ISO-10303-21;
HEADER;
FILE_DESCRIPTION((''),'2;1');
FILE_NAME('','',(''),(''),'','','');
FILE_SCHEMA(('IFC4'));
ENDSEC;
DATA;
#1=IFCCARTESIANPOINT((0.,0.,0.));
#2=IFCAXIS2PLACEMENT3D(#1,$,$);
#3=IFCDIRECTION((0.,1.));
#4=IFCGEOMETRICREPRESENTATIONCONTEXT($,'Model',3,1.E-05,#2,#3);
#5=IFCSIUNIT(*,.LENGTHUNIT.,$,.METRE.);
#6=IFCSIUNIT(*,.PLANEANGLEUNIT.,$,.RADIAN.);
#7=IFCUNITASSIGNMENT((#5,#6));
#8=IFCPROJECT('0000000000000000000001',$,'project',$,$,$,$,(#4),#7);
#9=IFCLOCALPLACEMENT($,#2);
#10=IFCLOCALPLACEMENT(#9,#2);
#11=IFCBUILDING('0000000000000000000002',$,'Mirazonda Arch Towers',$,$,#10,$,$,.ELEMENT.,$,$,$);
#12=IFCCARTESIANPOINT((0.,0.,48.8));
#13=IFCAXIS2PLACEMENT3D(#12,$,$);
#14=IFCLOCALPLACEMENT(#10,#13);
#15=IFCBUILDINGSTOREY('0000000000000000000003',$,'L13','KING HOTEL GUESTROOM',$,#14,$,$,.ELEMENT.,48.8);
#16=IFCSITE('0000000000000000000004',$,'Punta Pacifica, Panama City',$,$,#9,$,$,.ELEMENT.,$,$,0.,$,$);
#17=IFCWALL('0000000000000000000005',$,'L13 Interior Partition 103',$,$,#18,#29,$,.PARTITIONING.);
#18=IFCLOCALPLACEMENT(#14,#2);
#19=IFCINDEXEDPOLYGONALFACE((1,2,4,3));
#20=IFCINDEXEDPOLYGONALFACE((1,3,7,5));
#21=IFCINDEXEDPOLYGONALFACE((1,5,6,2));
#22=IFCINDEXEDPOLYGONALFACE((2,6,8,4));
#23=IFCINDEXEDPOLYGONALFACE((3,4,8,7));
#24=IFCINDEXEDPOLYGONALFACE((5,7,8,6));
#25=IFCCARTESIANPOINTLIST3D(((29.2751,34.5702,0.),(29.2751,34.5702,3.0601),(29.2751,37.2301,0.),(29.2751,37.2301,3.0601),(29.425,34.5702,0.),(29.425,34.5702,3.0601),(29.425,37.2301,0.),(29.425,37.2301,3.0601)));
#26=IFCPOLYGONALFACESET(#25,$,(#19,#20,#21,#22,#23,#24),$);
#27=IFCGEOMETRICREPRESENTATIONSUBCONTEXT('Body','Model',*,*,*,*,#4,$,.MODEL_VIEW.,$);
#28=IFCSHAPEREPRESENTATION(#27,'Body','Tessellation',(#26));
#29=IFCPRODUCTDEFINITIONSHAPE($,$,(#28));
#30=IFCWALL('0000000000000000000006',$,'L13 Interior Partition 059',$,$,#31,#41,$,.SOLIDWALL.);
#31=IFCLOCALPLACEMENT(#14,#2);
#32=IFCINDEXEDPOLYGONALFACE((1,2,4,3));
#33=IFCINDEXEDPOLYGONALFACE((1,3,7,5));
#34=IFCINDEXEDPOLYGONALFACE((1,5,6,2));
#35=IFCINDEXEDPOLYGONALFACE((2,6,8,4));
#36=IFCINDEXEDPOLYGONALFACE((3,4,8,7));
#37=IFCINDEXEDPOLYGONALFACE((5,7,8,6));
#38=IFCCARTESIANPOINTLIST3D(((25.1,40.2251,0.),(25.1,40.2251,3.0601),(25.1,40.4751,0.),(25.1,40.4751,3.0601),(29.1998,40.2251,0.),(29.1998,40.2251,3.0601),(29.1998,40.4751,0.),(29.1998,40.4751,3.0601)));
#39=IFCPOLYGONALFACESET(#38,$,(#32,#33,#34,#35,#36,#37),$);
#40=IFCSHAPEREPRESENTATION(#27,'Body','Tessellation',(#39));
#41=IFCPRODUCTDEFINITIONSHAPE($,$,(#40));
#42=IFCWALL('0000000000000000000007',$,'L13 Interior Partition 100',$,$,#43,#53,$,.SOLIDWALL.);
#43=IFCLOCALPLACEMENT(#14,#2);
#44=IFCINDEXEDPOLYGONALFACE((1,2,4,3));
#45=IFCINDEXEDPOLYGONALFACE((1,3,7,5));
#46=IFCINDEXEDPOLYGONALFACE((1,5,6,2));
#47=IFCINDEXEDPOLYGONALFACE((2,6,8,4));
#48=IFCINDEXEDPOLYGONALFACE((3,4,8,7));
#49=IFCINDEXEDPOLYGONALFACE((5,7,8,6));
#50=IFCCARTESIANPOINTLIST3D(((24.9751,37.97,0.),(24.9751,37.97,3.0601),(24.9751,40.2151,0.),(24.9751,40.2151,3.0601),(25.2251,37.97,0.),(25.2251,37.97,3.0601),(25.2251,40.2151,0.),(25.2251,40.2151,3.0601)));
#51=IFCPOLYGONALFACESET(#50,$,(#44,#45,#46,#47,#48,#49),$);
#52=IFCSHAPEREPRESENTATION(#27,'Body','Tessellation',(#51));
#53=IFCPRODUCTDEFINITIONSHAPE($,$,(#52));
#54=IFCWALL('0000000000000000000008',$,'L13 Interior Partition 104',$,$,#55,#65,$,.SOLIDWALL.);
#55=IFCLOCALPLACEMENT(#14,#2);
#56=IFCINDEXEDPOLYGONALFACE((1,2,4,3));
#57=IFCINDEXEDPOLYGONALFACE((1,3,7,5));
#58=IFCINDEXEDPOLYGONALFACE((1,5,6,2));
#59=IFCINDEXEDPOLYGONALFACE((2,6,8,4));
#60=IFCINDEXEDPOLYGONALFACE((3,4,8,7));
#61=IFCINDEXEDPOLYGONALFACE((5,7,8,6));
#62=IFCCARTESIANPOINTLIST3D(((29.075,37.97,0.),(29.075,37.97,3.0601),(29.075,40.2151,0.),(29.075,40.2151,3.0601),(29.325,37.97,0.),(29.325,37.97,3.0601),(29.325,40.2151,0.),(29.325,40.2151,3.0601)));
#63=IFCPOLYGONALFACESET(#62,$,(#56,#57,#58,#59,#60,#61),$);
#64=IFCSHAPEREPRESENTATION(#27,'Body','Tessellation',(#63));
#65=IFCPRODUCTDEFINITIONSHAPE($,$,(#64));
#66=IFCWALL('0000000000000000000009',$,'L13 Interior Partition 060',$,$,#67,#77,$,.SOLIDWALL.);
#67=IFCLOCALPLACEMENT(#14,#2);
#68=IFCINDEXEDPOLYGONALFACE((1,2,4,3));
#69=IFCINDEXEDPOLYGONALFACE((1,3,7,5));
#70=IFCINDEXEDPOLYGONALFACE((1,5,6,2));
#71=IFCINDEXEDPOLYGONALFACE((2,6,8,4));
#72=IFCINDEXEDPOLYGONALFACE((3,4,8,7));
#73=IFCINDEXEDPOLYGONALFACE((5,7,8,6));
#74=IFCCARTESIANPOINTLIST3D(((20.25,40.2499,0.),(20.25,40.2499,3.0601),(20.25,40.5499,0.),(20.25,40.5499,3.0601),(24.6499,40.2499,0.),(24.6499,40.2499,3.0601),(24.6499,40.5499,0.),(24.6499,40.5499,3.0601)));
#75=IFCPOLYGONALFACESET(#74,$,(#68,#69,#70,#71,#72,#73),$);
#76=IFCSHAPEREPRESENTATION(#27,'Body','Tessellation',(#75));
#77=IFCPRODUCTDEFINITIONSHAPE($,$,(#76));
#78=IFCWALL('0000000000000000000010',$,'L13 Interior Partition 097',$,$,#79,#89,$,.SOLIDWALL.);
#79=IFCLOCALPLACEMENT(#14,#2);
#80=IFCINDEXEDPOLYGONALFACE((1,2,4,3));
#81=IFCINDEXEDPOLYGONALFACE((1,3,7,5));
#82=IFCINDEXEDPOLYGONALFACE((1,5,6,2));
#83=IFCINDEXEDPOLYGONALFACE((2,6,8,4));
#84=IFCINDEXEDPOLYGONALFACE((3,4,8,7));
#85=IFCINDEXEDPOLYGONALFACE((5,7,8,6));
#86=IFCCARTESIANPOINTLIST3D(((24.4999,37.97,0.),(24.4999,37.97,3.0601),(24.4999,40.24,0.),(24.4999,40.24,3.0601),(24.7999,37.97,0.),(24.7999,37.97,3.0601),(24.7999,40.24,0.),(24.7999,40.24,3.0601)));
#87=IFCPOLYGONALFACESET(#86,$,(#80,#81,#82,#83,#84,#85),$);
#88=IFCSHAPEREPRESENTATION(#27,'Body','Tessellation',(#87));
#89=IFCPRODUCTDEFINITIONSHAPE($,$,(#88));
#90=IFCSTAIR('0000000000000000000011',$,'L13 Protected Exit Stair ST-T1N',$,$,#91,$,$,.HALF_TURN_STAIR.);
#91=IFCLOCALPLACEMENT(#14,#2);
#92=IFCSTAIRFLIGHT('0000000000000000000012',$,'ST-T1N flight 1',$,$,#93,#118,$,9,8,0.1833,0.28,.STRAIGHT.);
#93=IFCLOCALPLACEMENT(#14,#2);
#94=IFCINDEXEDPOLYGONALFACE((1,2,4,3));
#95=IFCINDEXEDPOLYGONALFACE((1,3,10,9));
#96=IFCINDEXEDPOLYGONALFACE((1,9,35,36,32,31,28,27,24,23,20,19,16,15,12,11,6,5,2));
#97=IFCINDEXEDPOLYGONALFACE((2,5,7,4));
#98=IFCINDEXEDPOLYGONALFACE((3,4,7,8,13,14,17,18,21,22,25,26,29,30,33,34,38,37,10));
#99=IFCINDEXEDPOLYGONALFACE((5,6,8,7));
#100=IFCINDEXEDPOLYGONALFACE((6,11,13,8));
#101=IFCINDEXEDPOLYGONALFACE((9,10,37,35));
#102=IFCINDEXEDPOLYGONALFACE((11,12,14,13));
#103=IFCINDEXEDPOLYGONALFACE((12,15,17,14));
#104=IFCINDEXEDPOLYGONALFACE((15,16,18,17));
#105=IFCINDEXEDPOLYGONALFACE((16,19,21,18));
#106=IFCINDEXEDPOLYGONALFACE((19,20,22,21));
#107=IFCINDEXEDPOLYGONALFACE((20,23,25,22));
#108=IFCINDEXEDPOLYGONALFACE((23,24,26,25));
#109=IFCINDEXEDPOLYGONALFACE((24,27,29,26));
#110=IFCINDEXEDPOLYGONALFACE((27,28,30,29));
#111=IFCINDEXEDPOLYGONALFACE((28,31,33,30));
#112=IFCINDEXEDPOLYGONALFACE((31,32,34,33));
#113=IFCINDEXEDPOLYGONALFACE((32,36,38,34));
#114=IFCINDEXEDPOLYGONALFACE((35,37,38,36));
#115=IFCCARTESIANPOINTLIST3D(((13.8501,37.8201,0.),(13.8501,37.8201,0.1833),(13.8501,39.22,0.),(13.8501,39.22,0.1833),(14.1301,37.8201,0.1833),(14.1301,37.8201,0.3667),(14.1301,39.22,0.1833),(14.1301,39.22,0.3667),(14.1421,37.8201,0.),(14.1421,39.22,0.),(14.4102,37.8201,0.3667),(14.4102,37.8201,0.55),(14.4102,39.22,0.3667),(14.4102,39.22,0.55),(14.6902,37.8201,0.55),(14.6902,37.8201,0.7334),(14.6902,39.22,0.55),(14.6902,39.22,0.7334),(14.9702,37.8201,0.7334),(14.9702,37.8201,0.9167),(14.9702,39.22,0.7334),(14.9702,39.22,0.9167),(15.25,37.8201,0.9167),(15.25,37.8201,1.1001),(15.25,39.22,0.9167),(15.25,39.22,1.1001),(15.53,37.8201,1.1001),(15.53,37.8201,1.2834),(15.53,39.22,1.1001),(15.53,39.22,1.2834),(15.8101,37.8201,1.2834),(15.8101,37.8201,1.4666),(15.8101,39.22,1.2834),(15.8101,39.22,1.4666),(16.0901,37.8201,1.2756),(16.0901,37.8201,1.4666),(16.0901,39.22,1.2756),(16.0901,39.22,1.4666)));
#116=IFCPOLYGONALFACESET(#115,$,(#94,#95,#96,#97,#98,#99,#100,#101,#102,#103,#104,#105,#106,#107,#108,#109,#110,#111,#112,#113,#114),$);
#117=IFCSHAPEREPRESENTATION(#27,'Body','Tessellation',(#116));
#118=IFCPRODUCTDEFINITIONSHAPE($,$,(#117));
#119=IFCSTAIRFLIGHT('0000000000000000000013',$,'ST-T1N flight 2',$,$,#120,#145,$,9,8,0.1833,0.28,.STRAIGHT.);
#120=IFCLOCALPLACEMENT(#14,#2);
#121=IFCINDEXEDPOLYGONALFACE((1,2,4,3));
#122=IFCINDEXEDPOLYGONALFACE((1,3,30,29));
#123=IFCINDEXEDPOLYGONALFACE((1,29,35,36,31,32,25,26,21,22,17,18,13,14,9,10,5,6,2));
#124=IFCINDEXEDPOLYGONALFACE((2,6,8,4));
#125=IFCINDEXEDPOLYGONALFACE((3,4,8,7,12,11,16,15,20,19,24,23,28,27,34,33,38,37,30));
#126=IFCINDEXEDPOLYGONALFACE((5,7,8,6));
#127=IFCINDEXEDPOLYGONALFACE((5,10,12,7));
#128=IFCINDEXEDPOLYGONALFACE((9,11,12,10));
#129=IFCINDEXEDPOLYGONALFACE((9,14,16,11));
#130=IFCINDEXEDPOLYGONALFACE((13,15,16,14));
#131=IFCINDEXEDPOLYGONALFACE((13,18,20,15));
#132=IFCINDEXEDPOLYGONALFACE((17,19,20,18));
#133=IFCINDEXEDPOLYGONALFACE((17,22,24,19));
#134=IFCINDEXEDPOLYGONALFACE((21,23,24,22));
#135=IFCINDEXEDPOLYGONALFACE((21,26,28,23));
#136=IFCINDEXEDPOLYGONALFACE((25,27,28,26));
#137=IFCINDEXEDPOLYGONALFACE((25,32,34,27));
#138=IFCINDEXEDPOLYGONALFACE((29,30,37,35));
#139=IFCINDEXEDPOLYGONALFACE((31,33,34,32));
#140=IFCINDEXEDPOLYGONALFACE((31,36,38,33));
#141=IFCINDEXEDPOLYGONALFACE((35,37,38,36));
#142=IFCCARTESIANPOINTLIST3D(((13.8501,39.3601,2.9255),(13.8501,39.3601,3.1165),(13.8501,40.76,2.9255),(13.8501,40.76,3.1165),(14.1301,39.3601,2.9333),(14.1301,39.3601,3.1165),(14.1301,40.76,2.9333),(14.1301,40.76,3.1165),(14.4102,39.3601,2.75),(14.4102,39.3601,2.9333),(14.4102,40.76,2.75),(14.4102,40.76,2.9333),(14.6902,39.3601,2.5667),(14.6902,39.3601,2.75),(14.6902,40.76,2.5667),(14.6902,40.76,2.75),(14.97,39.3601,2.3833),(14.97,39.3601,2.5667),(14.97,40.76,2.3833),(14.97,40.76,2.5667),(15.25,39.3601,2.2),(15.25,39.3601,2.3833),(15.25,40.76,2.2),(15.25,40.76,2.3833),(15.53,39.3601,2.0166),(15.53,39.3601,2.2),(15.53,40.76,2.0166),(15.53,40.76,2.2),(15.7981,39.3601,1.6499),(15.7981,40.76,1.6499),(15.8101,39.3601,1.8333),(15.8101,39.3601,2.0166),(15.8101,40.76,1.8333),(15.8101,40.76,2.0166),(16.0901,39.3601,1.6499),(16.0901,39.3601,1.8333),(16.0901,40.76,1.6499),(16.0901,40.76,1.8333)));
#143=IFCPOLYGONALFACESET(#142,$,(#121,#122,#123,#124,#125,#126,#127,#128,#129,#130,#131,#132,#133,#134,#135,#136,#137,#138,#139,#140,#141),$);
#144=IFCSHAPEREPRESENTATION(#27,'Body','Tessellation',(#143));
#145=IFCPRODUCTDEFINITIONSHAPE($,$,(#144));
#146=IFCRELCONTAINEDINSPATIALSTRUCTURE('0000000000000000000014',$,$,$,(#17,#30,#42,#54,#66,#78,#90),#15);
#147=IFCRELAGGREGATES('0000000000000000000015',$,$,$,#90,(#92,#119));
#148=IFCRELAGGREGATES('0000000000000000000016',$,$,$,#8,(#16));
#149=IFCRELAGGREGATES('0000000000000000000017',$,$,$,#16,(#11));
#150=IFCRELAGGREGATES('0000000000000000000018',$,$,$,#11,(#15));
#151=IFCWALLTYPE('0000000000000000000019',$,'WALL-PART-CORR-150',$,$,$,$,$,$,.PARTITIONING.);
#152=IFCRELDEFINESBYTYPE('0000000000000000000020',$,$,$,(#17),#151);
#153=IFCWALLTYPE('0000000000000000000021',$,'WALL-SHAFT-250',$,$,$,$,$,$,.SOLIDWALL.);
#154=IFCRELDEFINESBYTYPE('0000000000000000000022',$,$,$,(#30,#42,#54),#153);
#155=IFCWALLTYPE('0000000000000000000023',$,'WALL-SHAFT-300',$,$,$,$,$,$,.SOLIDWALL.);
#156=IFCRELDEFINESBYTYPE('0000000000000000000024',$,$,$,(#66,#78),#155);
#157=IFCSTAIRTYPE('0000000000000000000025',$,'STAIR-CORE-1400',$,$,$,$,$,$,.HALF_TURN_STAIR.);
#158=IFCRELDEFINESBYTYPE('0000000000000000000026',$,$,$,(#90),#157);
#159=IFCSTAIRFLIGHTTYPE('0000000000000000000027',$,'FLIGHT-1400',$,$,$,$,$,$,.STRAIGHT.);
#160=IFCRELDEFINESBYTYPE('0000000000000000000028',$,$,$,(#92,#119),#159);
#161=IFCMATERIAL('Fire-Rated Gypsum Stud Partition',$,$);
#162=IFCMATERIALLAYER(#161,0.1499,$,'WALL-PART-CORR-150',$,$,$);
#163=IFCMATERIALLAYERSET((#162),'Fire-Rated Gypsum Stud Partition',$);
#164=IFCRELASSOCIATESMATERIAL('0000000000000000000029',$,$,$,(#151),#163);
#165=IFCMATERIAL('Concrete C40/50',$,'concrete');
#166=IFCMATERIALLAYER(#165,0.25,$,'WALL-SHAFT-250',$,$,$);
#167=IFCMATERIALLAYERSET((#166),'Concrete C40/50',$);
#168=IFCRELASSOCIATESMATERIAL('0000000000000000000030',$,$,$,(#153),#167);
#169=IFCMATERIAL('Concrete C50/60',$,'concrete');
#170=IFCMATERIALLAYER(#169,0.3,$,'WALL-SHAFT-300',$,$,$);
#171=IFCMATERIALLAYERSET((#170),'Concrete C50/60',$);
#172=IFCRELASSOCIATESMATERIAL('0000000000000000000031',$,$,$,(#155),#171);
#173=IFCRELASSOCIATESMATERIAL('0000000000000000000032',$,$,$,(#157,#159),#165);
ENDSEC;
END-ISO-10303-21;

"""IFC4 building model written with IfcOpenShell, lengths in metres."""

from ifc_helpers import new_model, si_unit, direction, frame, frame_2d, origin, place, context, subcontext, project, spatial, polyline, rectangle, outline, extrude, material, layer, layer_set, type_object, element, aggregate, save


model = new_model("IFC4")

# Units and contexts
model_context = context("Model", 3, precision=1e-05, world=origin(), true_north=direction((0.0, 1.0)))
body_context = subcontext(model_context, "Body", "Model", "MODEL_VIEW")
ifc_project = project(units=[si_unit("LENGTHUNIT", "METRE"), si_unit("PLANEANGLEUNIT", "RADIAN")], contexts=[model_context])

# Site, building, storey
site_placement = place(None, origin())
site = spatial("IfcSite", under=ifc_project, at=site_placement, Name="Punta Pacifica, Panama City", CompositionType="ELEMENT", RefElevation=0.0)
building_placement = place(site_placement, origin())
building = spatial("IfcBuilding", under=site, at=building_placement, Name="Mirazonda Arch Towers", CompositionType="ELEMENT")
storey_placement = place(building_placement, frame((0.0, 0.0, 48.8)))
storey = spatial("IfcBuildingStorey", under=building, at=storey_placement, Name="L13", Description="KING HOTEL GUESTROOM", CompositionType="ELEMENT", Elevation=48.8)

# Shared definitions
ifc_material_1 = material(Name="Concrete C40/50", Category="concrete")

# Walls
ifc_material_2 = material(Name="Fire-Rated Gypsum Stud Partition")
ifc_layer_1 = layer(ifc_material_2, 0.1499, Name="WALL-PART-CORR-150")
ifc_layer_set_1 = layer_set([ifc_layer_1], Name="Fire-Rated Gypsum Stud Partition")
wall_type_1 = type_object("IfcWallType", Name="WALL-PART-CORR-150", PredefinedType="PARTITIONING", material=ifc_layer_set_1)
wall_1_placement = place(storey_placement, frame((29.3501, 34.5701, 0.0), z_axis=(0.0, 0.0, 1.0), x_axis=(0.0, 1.0, 0.0)))
element("IfcWall", 1, at=wall_1_placement, inside=storey, type_object=wall_type_1, Name="L13 Interior Partition 103", PredefinedType="PARTITIONING", context=body_context, shape_type="SweptSolid", body=[
    extrude(rectangle(XDim=2.6599, YDim=0.1499, at=frame_2d((1.3301, 0.0))), origin(), (0.0, 0.0, 1.0), 3.0601),
])
ifc_layer_2 = layer(ifc_material_1, 0.25, Name="WALL-SHAFT-250")
ifc_layer_set_2 = layer_set([ifc_layer_2], Name="Concrete C40/50")
wall_type_2 = type_object("IfcWallType", Name="WALL-SHAFT-250", PredefinedType="SOLIDWALL", material=ifc_layer_set_2)
wall_2_placement = place(storey_placement, frame((25.1001, 40.3501, 0.0), z_axis=(0.0, 0.0, 1.0), x_axis=(1.0, 0.0, 0.0)))
element("IfcWall", 2, at=wall_2_placement, inside=storey, type_object=wall_type_2, Name="L13 Interior Partition 059", PredefinedType="SOLIDWALL", context=body_context, shape_type="SweptSolid", body=[
    extrude(rectangle(XDim=4.0999, YDim=0.25, at=frame_2d((2.0498, 0.0))), origin(), (0.0, 0.0, 1.0), 3.0601),
])
for number, where, z_axis, x_axis, name in (
    (3, (25.1001, 37.97, 0.0), (0.0, 0.0, 1.0), (0.0, 1.0, 0.0), "L13 Interior Partition 100"),
    (4, (29.2, 37.97, 0.0), (0.0, 0.0, 1.0), (0.0, 1.0, 0.0), "L13 Interior Partition 104"),
):
    element("IfcWall", number, at=place(storey_placement, frame(where, z_axis=z_axis, x_axis=x_axis)), inside=storey, type_object=wall_type_2, Name=name, PredefinedType="SOLIDWALL", context=body_context, shape_type="SweptSolid", body=[
        extrude(rectangle(XDim=2.2451, YDim=0.25, at=frame_2d((1.1226, 0.0))), origin(), (0.0, 0.0, 1.0), 3.0601),
    ])
ifc_material_3 = material(Name="Concrete C50/60", Category="concrete")
ifc_layer_3 = layer(ifc_material_3, 0.3, Name="WALL-SHAFT-300")
ifc_layer_set_3 = layer_set([ifc_layer_3], Name="Concrete C50/60")
wall_type_3 = type_object("IfcWallType", Name="WALL-SHAFT-300", PredefinedType="SOLIDWALL", material=ifc_layer_set_3)
wall_3_placement = place(storey_placement, frame((20.25, 40.3999, 0.0), z_axis=(0.0, 0.0, 1.0), x_axis=(1.0, 0.0, 0.0)))
element("IfcWall", 5, at=wall_3_placement, inside=storey, type_object=wall_type_3, Name="L13 Interior Partition 060", PredefinedType="SOLIDWALL", context=body_context, shape_type="SweptSolid", body=[
    extrude(rectangle(XDim=4.3999, YDim=0.3, at=frame_2d((2.2, 0.0))), origin(), (0.0, 0.0, 1.0), 3.0601),
])
wall_4_placement = place(storey_placement, frame((24.6499, 37.97, 0.0), z_axis=(0.0, 0.0, 1.0), x_axis=(0.0, 1.0, 0.0)))
element("IfcWall", 6, at=wall_4_placement, inside=storey, type_object=wall_type_3, Name="L13 Interior Partition 097", PredefinedType="SOLIDWALL", context=body_context, shape_type="SweptSolid", body=[
    extrude(rectangle(XDim=2.27, YDim=0.3, at=frame_2d((1.135, 0.0))), origin(), (0.0, 0.0, 1.0), 3.0601),
])

# Stair, stair flights
stair_type = type_object("IfcStairType", Name="STAIR-CORE-1400", PredefinedType="HALF_TURN_STAIR", material=ifc_material_1)
stair_placement = place(storey_placement, origin())
stair = element("IfcStair", 7, at=stair_placement, inside=storey, type_object=stair_type, Name="L13 Protected Exit Stair ST-T1N", PredefinedType="HALF_TURN_STAIR")
stair_flight_type = type_object("IfcStairFlightType", Name="FLIGHT-1400", PredefinedType="STRAIGHT", material=ifc_material_1)
stair_flight_1_placement = place(storey_placement, frame((13.8501, 38.52, 0.0), z_axis=(0.0, 0.0, 1.0), x_axis=(1.0, 0.0, 0.0)))
stair_flight_1 = element("IfcStairFlight", 8, at=stair_flight_1_placement, type_object=stair_flight_type, Name="ST-T1N flight 1", NumberOfRisers=9, NumberOfTreads=8, PredefinedType="STRAIGHT", RiserHeight=0.1833, TreadLength=0.28, context=body_context, shape_type="SweptSolid", body=[
    extrude(outline(polyline([(0.0, 0.0), (0.0, 0.1833), (0.28, 0.1833), (0.28, 0.3667), (0.5601, 0.3667), (0.5601, 0.55), (0.8401, 0.55), (0.8401, 0.7334), (1.1201, 0.7334), (1.1201, 0.9167), (1.3999, 0.9167), (1.3999, 1.1001), (1.6799, 1.1001), (1.6799, 1.2834), (1.96, 1.2834), (1.96, 1.4666), (2.24, 1.4666), (2.24, 1.6499), (2.24, 1.2756), (0.292, 0.0), (0.0, 0.0)])), frame((0.0, 0.7, 0.0), z_axis=(0.0, -1.0, 0.0), x_axis=(1.0, 0.0, 0.0)), (0.0, 0.0, 1.0), 1.3999),
])
stair_flight_2_placement = place(storey_placement, frame((16.0901, 40.0601, 1.6499), z_axis=(0.0, 0.0, 1.0), x_axis=(-1.0, 0.0, 0.0)))
stair_flight_2 = element("IfcStairFlight", 9, at=stair_flight_2_placement, type_object=stair_flight_type, Name="ST-T1N flight 2", NumberOfRisers=9, NumberOfTreads=8, PredefinedType="STRAIGHT", RiserHeight=0.1833, TreadLength=0.28, context=body_context, shape_type="SweptSolid", body=[
    extrude(outline(polyline([(0.0, 0.0), (0.0, 0.1833), (0.28, 0.1833), (0.28, 0.3667), (0.5601, 0.3667), (0.5601, 0.55), (0.8401, 0.55), (0.8401, 0.7334), (1.1201, 0.7334), (1.1201, 0.9167), (1.3999, 0.9167), (1.3999, 1.1001), (1.6799, 1.1001), (1.6799, 1.2834), (1.96, 1.2834), (1.96, 1.4666), (2.24, 1.4666), (2.24, 1.6499), (2.24, 1.2756), (0.292, 0.0), (0.0, 0.0)])), frame((0.0, 0.7, 0.0), z_axis=(0.0, -1.0, 0.0), x_axis=(1.0, 0.0, 0.0)), (0.0, 0.0, 1.0), 1.3999),
])
aggregate(stair, [stair_flight_1, stair_flight_2])

save(model, "model.ifc")
